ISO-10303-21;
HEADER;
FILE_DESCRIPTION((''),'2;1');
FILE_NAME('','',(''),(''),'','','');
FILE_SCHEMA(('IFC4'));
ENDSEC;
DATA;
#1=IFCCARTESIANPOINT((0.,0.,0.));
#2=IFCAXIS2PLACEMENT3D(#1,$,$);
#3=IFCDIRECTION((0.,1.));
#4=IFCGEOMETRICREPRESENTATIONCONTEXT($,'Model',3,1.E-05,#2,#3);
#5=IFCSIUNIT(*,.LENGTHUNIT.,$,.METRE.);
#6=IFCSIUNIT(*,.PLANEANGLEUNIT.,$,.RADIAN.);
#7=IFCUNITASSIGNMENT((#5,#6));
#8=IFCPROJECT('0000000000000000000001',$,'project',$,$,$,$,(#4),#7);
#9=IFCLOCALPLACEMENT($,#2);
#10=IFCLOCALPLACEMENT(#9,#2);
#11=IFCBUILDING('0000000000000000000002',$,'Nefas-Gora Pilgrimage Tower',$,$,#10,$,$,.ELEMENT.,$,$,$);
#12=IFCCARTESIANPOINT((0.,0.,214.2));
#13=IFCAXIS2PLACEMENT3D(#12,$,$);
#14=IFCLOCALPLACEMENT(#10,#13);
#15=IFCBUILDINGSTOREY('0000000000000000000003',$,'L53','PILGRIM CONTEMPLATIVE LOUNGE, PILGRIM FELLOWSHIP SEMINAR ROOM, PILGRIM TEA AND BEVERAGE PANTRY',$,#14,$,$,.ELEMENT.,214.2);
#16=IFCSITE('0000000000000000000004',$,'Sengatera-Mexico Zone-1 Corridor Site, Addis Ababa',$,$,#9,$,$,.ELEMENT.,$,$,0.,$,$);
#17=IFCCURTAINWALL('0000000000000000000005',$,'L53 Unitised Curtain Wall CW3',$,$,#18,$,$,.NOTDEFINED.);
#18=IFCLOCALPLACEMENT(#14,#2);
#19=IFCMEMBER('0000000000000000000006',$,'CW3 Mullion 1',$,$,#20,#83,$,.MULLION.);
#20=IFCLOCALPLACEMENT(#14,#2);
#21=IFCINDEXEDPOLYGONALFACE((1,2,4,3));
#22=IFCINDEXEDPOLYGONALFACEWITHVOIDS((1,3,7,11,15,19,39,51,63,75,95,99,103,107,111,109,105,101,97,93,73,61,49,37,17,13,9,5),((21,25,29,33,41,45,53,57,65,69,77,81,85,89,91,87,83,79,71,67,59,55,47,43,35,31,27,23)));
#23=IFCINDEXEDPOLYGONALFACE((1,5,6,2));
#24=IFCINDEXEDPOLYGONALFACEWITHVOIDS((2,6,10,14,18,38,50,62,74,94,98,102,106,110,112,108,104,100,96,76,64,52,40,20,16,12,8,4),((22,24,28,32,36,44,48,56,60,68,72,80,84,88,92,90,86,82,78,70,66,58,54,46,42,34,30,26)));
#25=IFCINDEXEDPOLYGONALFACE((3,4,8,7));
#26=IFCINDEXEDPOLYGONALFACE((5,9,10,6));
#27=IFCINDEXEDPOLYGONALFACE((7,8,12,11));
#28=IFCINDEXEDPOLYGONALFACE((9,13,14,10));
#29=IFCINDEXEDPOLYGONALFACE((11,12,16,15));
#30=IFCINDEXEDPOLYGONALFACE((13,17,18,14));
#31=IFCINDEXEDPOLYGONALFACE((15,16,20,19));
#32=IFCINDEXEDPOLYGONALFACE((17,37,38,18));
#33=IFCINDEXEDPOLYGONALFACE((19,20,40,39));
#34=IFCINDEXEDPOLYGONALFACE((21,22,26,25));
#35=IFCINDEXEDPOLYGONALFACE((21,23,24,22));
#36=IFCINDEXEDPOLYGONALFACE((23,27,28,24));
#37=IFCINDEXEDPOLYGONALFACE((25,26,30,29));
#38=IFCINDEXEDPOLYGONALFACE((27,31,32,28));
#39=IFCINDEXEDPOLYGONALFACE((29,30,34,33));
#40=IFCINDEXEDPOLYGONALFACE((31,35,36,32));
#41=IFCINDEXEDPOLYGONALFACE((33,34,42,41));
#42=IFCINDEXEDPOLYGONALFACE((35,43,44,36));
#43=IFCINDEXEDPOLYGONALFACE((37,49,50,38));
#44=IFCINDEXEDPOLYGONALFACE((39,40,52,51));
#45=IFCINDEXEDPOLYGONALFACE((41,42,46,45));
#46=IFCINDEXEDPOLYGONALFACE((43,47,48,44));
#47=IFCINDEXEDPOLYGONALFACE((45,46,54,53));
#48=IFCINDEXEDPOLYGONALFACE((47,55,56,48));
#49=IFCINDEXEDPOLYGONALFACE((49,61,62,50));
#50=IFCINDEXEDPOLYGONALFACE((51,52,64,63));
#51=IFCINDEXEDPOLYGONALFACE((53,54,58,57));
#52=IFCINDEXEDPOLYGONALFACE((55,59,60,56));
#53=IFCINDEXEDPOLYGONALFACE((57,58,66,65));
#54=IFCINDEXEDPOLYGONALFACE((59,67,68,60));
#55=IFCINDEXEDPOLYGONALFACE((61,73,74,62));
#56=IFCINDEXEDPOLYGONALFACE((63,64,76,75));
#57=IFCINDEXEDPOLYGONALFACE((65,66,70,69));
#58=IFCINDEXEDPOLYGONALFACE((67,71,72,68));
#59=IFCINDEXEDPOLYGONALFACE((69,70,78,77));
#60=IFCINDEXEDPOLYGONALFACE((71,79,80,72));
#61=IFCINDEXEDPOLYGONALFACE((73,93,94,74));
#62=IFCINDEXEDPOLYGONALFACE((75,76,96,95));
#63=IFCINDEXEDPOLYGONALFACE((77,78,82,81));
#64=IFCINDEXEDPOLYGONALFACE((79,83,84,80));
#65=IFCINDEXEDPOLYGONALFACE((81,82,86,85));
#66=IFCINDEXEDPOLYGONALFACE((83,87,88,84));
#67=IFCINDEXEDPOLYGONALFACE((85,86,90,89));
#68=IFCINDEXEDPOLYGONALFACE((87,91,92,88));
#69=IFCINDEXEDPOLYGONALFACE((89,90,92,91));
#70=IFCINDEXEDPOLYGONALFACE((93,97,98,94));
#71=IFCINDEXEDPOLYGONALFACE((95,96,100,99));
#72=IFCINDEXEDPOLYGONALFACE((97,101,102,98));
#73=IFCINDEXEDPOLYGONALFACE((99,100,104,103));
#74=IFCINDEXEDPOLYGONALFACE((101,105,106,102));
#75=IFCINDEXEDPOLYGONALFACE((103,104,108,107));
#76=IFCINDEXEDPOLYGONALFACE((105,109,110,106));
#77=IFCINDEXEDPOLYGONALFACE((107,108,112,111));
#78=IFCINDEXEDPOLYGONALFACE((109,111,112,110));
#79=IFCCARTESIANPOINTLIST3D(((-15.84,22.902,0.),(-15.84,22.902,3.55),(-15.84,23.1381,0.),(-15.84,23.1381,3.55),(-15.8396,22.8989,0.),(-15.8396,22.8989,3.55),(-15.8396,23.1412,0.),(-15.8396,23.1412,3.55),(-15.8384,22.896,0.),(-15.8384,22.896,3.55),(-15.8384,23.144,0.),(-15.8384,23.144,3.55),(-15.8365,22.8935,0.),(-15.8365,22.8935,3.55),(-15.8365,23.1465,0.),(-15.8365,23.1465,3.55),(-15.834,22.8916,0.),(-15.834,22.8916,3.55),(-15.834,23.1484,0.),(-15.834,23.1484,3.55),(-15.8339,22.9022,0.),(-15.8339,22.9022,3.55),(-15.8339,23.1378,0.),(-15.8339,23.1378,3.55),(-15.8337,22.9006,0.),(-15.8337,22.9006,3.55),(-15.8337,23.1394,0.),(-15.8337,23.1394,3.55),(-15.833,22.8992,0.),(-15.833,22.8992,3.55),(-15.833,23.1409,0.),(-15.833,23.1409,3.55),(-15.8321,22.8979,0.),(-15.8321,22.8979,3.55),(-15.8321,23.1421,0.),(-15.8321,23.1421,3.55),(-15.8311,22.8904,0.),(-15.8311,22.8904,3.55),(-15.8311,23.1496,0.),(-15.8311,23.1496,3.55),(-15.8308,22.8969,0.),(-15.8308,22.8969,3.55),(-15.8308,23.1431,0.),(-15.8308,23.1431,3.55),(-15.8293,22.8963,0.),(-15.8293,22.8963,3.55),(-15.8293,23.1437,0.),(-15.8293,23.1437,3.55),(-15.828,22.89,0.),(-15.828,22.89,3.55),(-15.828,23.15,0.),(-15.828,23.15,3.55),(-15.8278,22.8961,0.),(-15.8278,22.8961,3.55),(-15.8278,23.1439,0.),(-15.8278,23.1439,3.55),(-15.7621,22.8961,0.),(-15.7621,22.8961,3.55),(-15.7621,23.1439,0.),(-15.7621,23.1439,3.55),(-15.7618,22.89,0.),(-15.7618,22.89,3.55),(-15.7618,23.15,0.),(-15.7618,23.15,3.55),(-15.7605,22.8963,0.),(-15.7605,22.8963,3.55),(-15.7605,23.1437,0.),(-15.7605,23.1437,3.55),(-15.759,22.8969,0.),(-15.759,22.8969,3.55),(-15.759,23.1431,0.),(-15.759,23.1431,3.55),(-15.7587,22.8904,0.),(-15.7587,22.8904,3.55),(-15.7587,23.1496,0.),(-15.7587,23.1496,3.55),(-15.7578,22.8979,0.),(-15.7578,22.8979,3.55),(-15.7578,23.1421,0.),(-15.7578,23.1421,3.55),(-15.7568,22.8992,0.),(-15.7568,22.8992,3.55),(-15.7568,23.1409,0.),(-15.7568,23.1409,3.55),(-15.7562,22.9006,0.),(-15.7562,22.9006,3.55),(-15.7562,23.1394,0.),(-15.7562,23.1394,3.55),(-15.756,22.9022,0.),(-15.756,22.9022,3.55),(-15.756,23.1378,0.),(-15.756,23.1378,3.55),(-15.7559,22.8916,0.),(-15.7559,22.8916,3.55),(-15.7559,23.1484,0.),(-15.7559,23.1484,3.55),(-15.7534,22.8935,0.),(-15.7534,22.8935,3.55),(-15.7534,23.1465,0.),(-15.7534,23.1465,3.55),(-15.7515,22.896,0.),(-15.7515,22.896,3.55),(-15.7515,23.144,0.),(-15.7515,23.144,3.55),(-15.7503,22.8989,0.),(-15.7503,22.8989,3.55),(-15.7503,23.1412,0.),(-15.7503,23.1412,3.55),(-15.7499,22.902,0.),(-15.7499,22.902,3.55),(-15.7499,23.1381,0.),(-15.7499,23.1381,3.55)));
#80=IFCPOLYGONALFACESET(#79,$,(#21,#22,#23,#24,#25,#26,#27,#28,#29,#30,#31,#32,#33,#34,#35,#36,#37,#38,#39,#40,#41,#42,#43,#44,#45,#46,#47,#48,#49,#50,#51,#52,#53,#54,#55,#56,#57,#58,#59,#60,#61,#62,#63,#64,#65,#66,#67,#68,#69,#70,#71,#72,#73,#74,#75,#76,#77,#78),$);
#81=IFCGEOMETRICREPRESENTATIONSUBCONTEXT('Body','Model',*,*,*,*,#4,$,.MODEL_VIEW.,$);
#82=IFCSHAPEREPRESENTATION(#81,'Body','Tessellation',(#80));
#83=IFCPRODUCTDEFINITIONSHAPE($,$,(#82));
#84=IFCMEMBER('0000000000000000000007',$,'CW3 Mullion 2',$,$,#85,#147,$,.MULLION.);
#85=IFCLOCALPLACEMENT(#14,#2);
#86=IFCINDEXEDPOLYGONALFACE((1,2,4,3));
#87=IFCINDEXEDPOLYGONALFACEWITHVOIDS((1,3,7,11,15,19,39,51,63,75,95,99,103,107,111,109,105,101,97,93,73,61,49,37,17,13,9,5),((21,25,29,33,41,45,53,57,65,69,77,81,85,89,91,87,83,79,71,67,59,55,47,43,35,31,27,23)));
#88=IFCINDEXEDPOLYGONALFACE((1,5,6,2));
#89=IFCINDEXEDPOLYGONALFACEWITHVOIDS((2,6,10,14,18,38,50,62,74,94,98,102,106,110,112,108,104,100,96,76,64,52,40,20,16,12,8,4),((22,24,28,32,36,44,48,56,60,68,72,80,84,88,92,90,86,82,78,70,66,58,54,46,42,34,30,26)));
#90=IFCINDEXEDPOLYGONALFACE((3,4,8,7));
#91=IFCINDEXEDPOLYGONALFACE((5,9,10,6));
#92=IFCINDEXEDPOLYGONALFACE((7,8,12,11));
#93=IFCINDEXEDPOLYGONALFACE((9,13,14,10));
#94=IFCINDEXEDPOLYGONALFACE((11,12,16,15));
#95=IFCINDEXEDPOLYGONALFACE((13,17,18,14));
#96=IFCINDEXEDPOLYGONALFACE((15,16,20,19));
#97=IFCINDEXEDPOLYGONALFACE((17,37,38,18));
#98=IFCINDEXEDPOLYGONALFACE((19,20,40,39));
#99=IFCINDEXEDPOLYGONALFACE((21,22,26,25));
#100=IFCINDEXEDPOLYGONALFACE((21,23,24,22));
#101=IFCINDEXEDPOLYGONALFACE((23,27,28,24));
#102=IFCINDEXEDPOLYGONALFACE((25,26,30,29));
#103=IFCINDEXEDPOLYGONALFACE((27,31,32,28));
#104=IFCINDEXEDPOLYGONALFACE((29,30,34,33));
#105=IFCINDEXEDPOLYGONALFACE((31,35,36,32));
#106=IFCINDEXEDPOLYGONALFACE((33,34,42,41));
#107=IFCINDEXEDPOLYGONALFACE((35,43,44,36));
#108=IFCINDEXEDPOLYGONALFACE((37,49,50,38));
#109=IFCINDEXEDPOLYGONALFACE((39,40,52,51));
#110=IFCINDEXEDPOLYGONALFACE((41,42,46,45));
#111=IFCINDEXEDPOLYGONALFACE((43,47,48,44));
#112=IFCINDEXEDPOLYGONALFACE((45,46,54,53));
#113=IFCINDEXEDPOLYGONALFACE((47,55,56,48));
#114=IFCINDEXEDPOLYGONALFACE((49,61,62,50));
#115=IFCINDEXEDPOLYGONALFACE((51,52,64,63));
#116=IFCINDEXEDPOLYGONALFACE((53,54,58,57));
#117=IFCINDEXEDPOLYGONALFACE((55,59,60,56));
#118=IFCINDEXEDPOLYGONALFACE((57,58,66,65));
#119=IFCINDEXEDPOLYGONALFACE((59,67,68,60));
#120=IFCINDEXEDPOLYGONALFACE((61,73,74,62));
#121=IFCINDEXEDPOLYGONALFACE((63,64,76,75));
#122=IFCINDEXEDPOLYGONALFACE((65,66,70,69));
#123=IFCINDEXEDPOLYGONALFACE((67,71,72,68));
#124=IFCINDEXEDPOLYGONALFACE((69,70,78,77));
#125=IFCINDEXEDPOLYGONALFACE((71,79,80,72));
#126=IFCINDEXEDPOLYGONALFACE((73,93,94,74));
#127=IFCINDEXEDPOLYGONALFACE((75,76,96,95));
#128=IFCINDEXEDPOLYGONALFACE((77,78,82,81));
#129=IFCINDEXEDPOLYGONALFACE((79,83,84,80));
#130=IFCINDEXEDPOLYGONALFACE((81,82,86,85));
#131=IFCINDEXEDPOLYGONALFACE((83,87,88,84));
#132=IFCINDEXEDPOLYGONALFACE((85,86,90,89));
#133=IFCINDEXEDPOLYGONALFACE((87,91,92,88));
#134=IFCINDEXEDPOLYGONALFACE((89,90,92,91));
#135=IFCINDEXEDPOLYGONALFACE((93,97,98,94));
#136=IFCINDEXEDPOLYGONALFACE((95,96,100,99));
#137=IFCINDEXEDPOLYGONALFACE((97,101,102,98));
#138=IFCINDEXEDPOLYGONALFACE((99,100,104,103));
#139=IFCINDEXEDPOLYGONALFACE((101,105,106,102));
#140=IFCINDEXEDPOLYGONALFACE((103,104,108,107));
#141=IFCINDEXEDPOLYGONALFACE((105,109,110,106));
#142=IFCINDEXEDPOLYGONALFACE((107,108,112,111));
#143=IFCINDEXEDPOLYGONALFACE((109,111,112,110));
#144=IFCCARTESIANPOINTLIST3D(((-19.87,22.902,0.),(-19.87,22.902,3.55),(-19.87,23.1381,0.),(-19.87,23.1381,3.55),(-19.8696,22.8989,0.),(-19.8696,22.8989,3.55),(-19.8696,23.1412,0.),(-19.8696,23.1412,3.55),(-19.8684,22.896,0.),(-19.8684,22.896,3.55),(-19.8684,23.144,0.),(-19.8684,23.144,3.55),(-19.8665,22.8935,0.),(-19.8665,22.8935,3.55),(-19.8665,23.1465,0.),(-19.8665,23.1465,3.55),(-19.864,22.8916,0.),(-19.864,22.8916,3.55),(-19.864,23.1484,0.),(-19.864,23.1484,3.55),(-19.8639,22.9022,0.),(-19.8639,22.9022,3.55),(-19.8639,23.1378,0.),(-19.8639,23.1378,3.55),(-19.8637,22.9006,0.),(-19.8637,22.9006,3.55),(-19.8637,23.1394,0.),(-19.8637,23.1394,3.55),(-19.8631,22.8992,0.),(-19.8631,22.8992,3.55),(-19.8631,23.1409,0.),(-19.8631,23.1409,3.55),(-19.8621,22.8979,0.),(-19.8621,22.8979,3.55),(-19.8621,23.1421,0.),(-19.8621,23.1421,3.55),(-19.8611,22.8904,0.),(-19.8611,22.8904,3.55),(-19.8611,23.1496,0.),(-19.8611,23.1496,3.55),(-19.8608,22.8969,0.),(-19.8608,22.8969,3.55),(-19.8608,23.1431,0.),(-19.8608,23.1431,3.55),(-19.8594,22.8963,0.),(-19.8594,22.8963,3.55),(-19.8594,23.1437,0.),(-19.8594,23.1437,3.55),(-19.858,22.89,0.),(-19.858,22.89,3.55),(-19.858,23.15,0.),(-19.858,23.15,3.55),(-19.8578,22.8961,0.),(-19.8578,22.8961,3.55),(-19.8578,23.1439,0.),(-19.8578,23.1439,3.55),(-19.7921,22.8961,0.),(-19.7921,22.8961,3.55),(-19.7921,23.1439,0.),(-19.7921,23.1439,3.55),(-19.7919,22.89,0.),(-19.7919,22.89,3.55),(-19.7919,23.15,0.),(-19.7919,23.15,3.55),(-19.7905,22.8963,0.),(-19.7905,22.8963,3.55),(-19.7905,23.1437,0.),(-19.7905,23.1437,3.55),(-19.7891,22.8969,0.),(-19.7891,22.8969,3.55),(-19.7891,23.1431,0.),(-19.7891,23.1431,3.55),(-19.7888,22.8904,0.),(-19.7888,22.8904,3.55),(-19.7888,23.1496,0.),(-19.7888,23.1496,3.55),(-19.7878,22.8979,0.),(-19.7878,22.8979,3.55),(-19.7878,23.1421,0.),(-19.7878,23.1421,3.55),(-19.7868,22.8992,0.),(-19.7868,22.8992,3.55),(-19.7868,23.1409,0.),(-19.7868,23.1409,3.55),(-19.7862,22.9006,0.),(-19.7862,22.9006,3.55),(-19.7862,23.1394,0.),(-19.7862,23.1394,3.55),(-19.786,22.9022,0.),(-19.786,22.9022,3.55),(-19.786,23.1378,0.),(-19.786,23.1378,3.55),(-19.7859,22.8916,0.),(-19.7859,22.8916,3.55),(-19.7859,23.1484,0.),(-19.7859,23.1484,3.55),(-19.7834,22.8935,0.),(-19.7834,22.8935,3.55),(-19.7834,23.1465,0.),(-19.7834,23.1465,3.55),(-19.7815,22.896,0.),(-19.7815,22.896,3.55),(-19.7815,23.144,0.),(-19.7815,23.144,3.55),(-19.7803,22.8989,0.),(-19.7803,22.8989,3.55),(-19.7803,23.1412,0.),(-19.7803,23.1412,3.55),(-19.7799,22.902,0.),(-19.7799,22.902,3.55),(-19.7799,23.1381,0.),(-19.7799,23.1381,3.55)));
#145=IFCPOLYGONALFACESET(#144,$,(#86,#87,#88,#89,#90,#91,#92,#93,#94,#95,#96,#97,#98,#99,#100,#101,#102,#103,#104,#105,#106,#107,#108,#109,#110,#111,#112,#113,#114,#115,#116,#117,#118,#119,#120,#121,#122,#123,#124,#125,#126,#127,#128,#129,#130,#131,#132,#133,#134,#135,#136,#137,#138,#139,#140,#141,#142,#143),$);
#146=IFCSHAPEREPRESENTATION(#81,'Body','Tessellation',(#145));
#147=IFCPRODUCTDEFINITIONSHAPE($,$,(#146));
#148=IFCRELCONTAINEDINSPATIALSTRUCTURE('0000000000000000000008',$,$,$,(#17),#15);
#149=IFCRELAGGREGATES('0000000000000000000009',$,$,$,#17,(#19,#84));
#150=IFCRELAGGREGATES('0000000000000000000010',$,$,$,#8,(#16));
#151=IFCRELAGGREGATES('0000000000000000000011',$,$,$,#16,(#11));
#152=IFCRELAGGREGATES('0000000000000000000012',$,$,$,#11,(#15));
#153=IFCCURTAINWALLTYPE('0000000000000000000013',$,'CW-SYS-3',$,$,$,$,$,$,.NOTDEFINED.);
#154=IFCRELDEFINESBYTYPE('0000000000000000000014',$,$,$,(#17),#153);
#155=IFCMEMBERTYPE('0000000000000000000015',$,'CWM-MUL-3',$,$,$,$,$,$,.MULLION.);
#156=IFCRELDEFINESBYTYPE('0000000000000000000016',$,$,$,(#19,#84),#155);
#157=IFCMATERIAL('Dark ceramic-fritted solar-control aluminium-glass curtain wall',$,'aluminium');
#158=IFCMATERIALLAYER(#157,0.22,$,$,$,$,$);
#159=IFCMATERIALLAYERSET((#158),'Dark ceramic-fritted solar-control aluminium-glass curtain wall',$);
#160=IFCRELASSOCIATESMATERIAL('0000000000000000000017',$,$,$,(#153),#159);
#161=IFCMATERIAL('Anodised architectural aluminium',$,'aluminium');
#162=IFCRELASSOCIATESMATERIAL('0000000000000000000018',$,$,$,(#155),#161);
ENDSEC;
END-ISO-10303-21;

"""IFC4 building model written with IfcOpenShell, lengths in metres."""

from ifc_helpers import new_model, si_unit, direction, frame, origin, origin_2d, place, context, subcontext, project, spatial, hollow_rectangle, extrude, source, transform, mapped, material, layer, layer_set, material_profile, profile_set, type_object, element, aggregate, save


model = new_model("IFC4")

# Units and contexts
model_context = context("Model", 3, precision=1e-05, world=origin(), true_north=direction((0.0, 1.0)))
body_context = subcontext(model_context, "Body", "Model", "MODEL_VIEW")
ifc_project = project(units=[si_unit("LENGTHUNIT", "METRE"), si_unit("PLANEANGLEUNIT", "RADIAN")], contexts=[model_context])

# Site, building, storey
site_placement = place(None, origin())
site = spatial("IfcSite", under=ifc_project, at=site_placement, Name="Sengatera-Mexico Zone-1 Corridor Site, Addis Ababa", CompositionType="ELEMENT", RefElevation=0.0)
building_placement = place(site_placement, origin())
building = spatial("IfcBuilding", under=site, at=building_placement, Name="Nefas-Gora Pilgrimage Tower", CompositionType="ELEMENT")
storey_placement = place(building_placement, frame((0.0, 0.0, 214.2)))
storey = spatial("IfcBuildingStorey", under=building, at=storey_placement, Name="L53", Description="PILGRIM CONTEMPLATIVE LOUNGE, PILGRIM FELLOWSHIP SEMINAR ROOM, PILGRIM TEA AND BEVERAGE PANTRY", CompositionType="ELEMENT", Elevation=214.2)

# Curtain wall, members
ifc_material_1 = material(Name="Dark ceramic-fritted solar-control aluminium-glass curtain wall", Category="aluminium")
ifc_material_2 = material(Name="Anodised architectural aluminium", Category="aluminium")
ifc_layer_1 = layer(ifc_material_1, 0.22)
ifc_layer_set_1 = layer_set([ifc_layer_1], Name="Dark ceramic-fritted solar-control aluminium-glass curtain wall")
curtain_wall_type_1 = type_object("IfcCurtainWallType", Name="CW-SYS-3", PredefinedType="NOTDEFINED", material=ifc_layer_set_1)
curtain_wall_1_placement = place(storey_placement, origin())
curtain_wall_1 = element("IfcCurtainWall", 1, at=curtain_wall_1_placement, inside=storey, type_object=curtain_wall_type_1, Name="L53 Unitised Curtain Wall CW3", PredefinedType="NOTDEFINED")
ifc_material_profile_1 = material_profile(ifc_material_2, hollow_rectangle(XDim=0.0901, YDim=0.26, WallThickness=0.0061, InnerFilletRadius=0.0061, OuterFilletRadius=0.012, at=origin_2d()), Name="ALU MULLION 90x260")
ifc_profile_set_1 = profile_set([ifc_material_profile_1], Name="Anodised architectural aluminium")
member_type_1 = type_object("IfcMemberType", Name="CWM-MUL-3", PredefinedType="MULLION", material=ifc_profile_set_1)
shared_shape_1 = source(origin(), body_context, "Body", "SweptSolid", [
    extrude(hollow_rectangle(XDim=0.0901, YDim=0.26, WallThickness=0.0061, InnerFilletRadius=0.0061, OuterFilletRadius=0.012, at=origin_2d()), origin(), (0.0, 0.0, 1.0), 3.55),
])
member_1_placement = place(storey_placement, frame((-15.7949, 23.02, 0.0), z_axis=(0.0, 0.0, 1.0), x_axis=(-1.0, 0.0, 0.0)))
member_1 = element("IfcMember", 2, at=member_1_placement, type_object=member_type_1, Name="CW3 Mullion 1", PredefinedType="MULLION", context=body_context, shape_type="MappedRepresentation", body=[
    mapped(shared_shape_1, transform((0.0, 0.0, 0.0), x_axis=(1.0, 0.0, 0.0), y_axis=(0.0, 1.0, 0.0), z_axis=(0.0, 0.0, 1.0), scale=1.0)),
])
member_2_placement = place(storey_placement, frame((-19.825, 23.02, 0.0), z_axis=(0.0, 0.0, 1.0), x_axis=(-1.0, 0.0, 0.0)))
member_2 = element("IfcMember", 3, at=member_2_placement, type_object=member_type_1, Name="CW3 Mullion 2", PredefinedType="MULLION", context=body_context, shape_type="MappedRepresentation", body=[
    mapped(shared_shape_1, transform((0.0, 0.0, 0.0), x_axis=(1.0, 0.0, 0.0), y_axis=(0.0, 1.0, 0.0), z_axis=(0.0, 0.0, 1.0), scale=1.0)),
])

aggregate(curtain_wall_1, [member_1, member_2])

save(model, "model.ifc")
